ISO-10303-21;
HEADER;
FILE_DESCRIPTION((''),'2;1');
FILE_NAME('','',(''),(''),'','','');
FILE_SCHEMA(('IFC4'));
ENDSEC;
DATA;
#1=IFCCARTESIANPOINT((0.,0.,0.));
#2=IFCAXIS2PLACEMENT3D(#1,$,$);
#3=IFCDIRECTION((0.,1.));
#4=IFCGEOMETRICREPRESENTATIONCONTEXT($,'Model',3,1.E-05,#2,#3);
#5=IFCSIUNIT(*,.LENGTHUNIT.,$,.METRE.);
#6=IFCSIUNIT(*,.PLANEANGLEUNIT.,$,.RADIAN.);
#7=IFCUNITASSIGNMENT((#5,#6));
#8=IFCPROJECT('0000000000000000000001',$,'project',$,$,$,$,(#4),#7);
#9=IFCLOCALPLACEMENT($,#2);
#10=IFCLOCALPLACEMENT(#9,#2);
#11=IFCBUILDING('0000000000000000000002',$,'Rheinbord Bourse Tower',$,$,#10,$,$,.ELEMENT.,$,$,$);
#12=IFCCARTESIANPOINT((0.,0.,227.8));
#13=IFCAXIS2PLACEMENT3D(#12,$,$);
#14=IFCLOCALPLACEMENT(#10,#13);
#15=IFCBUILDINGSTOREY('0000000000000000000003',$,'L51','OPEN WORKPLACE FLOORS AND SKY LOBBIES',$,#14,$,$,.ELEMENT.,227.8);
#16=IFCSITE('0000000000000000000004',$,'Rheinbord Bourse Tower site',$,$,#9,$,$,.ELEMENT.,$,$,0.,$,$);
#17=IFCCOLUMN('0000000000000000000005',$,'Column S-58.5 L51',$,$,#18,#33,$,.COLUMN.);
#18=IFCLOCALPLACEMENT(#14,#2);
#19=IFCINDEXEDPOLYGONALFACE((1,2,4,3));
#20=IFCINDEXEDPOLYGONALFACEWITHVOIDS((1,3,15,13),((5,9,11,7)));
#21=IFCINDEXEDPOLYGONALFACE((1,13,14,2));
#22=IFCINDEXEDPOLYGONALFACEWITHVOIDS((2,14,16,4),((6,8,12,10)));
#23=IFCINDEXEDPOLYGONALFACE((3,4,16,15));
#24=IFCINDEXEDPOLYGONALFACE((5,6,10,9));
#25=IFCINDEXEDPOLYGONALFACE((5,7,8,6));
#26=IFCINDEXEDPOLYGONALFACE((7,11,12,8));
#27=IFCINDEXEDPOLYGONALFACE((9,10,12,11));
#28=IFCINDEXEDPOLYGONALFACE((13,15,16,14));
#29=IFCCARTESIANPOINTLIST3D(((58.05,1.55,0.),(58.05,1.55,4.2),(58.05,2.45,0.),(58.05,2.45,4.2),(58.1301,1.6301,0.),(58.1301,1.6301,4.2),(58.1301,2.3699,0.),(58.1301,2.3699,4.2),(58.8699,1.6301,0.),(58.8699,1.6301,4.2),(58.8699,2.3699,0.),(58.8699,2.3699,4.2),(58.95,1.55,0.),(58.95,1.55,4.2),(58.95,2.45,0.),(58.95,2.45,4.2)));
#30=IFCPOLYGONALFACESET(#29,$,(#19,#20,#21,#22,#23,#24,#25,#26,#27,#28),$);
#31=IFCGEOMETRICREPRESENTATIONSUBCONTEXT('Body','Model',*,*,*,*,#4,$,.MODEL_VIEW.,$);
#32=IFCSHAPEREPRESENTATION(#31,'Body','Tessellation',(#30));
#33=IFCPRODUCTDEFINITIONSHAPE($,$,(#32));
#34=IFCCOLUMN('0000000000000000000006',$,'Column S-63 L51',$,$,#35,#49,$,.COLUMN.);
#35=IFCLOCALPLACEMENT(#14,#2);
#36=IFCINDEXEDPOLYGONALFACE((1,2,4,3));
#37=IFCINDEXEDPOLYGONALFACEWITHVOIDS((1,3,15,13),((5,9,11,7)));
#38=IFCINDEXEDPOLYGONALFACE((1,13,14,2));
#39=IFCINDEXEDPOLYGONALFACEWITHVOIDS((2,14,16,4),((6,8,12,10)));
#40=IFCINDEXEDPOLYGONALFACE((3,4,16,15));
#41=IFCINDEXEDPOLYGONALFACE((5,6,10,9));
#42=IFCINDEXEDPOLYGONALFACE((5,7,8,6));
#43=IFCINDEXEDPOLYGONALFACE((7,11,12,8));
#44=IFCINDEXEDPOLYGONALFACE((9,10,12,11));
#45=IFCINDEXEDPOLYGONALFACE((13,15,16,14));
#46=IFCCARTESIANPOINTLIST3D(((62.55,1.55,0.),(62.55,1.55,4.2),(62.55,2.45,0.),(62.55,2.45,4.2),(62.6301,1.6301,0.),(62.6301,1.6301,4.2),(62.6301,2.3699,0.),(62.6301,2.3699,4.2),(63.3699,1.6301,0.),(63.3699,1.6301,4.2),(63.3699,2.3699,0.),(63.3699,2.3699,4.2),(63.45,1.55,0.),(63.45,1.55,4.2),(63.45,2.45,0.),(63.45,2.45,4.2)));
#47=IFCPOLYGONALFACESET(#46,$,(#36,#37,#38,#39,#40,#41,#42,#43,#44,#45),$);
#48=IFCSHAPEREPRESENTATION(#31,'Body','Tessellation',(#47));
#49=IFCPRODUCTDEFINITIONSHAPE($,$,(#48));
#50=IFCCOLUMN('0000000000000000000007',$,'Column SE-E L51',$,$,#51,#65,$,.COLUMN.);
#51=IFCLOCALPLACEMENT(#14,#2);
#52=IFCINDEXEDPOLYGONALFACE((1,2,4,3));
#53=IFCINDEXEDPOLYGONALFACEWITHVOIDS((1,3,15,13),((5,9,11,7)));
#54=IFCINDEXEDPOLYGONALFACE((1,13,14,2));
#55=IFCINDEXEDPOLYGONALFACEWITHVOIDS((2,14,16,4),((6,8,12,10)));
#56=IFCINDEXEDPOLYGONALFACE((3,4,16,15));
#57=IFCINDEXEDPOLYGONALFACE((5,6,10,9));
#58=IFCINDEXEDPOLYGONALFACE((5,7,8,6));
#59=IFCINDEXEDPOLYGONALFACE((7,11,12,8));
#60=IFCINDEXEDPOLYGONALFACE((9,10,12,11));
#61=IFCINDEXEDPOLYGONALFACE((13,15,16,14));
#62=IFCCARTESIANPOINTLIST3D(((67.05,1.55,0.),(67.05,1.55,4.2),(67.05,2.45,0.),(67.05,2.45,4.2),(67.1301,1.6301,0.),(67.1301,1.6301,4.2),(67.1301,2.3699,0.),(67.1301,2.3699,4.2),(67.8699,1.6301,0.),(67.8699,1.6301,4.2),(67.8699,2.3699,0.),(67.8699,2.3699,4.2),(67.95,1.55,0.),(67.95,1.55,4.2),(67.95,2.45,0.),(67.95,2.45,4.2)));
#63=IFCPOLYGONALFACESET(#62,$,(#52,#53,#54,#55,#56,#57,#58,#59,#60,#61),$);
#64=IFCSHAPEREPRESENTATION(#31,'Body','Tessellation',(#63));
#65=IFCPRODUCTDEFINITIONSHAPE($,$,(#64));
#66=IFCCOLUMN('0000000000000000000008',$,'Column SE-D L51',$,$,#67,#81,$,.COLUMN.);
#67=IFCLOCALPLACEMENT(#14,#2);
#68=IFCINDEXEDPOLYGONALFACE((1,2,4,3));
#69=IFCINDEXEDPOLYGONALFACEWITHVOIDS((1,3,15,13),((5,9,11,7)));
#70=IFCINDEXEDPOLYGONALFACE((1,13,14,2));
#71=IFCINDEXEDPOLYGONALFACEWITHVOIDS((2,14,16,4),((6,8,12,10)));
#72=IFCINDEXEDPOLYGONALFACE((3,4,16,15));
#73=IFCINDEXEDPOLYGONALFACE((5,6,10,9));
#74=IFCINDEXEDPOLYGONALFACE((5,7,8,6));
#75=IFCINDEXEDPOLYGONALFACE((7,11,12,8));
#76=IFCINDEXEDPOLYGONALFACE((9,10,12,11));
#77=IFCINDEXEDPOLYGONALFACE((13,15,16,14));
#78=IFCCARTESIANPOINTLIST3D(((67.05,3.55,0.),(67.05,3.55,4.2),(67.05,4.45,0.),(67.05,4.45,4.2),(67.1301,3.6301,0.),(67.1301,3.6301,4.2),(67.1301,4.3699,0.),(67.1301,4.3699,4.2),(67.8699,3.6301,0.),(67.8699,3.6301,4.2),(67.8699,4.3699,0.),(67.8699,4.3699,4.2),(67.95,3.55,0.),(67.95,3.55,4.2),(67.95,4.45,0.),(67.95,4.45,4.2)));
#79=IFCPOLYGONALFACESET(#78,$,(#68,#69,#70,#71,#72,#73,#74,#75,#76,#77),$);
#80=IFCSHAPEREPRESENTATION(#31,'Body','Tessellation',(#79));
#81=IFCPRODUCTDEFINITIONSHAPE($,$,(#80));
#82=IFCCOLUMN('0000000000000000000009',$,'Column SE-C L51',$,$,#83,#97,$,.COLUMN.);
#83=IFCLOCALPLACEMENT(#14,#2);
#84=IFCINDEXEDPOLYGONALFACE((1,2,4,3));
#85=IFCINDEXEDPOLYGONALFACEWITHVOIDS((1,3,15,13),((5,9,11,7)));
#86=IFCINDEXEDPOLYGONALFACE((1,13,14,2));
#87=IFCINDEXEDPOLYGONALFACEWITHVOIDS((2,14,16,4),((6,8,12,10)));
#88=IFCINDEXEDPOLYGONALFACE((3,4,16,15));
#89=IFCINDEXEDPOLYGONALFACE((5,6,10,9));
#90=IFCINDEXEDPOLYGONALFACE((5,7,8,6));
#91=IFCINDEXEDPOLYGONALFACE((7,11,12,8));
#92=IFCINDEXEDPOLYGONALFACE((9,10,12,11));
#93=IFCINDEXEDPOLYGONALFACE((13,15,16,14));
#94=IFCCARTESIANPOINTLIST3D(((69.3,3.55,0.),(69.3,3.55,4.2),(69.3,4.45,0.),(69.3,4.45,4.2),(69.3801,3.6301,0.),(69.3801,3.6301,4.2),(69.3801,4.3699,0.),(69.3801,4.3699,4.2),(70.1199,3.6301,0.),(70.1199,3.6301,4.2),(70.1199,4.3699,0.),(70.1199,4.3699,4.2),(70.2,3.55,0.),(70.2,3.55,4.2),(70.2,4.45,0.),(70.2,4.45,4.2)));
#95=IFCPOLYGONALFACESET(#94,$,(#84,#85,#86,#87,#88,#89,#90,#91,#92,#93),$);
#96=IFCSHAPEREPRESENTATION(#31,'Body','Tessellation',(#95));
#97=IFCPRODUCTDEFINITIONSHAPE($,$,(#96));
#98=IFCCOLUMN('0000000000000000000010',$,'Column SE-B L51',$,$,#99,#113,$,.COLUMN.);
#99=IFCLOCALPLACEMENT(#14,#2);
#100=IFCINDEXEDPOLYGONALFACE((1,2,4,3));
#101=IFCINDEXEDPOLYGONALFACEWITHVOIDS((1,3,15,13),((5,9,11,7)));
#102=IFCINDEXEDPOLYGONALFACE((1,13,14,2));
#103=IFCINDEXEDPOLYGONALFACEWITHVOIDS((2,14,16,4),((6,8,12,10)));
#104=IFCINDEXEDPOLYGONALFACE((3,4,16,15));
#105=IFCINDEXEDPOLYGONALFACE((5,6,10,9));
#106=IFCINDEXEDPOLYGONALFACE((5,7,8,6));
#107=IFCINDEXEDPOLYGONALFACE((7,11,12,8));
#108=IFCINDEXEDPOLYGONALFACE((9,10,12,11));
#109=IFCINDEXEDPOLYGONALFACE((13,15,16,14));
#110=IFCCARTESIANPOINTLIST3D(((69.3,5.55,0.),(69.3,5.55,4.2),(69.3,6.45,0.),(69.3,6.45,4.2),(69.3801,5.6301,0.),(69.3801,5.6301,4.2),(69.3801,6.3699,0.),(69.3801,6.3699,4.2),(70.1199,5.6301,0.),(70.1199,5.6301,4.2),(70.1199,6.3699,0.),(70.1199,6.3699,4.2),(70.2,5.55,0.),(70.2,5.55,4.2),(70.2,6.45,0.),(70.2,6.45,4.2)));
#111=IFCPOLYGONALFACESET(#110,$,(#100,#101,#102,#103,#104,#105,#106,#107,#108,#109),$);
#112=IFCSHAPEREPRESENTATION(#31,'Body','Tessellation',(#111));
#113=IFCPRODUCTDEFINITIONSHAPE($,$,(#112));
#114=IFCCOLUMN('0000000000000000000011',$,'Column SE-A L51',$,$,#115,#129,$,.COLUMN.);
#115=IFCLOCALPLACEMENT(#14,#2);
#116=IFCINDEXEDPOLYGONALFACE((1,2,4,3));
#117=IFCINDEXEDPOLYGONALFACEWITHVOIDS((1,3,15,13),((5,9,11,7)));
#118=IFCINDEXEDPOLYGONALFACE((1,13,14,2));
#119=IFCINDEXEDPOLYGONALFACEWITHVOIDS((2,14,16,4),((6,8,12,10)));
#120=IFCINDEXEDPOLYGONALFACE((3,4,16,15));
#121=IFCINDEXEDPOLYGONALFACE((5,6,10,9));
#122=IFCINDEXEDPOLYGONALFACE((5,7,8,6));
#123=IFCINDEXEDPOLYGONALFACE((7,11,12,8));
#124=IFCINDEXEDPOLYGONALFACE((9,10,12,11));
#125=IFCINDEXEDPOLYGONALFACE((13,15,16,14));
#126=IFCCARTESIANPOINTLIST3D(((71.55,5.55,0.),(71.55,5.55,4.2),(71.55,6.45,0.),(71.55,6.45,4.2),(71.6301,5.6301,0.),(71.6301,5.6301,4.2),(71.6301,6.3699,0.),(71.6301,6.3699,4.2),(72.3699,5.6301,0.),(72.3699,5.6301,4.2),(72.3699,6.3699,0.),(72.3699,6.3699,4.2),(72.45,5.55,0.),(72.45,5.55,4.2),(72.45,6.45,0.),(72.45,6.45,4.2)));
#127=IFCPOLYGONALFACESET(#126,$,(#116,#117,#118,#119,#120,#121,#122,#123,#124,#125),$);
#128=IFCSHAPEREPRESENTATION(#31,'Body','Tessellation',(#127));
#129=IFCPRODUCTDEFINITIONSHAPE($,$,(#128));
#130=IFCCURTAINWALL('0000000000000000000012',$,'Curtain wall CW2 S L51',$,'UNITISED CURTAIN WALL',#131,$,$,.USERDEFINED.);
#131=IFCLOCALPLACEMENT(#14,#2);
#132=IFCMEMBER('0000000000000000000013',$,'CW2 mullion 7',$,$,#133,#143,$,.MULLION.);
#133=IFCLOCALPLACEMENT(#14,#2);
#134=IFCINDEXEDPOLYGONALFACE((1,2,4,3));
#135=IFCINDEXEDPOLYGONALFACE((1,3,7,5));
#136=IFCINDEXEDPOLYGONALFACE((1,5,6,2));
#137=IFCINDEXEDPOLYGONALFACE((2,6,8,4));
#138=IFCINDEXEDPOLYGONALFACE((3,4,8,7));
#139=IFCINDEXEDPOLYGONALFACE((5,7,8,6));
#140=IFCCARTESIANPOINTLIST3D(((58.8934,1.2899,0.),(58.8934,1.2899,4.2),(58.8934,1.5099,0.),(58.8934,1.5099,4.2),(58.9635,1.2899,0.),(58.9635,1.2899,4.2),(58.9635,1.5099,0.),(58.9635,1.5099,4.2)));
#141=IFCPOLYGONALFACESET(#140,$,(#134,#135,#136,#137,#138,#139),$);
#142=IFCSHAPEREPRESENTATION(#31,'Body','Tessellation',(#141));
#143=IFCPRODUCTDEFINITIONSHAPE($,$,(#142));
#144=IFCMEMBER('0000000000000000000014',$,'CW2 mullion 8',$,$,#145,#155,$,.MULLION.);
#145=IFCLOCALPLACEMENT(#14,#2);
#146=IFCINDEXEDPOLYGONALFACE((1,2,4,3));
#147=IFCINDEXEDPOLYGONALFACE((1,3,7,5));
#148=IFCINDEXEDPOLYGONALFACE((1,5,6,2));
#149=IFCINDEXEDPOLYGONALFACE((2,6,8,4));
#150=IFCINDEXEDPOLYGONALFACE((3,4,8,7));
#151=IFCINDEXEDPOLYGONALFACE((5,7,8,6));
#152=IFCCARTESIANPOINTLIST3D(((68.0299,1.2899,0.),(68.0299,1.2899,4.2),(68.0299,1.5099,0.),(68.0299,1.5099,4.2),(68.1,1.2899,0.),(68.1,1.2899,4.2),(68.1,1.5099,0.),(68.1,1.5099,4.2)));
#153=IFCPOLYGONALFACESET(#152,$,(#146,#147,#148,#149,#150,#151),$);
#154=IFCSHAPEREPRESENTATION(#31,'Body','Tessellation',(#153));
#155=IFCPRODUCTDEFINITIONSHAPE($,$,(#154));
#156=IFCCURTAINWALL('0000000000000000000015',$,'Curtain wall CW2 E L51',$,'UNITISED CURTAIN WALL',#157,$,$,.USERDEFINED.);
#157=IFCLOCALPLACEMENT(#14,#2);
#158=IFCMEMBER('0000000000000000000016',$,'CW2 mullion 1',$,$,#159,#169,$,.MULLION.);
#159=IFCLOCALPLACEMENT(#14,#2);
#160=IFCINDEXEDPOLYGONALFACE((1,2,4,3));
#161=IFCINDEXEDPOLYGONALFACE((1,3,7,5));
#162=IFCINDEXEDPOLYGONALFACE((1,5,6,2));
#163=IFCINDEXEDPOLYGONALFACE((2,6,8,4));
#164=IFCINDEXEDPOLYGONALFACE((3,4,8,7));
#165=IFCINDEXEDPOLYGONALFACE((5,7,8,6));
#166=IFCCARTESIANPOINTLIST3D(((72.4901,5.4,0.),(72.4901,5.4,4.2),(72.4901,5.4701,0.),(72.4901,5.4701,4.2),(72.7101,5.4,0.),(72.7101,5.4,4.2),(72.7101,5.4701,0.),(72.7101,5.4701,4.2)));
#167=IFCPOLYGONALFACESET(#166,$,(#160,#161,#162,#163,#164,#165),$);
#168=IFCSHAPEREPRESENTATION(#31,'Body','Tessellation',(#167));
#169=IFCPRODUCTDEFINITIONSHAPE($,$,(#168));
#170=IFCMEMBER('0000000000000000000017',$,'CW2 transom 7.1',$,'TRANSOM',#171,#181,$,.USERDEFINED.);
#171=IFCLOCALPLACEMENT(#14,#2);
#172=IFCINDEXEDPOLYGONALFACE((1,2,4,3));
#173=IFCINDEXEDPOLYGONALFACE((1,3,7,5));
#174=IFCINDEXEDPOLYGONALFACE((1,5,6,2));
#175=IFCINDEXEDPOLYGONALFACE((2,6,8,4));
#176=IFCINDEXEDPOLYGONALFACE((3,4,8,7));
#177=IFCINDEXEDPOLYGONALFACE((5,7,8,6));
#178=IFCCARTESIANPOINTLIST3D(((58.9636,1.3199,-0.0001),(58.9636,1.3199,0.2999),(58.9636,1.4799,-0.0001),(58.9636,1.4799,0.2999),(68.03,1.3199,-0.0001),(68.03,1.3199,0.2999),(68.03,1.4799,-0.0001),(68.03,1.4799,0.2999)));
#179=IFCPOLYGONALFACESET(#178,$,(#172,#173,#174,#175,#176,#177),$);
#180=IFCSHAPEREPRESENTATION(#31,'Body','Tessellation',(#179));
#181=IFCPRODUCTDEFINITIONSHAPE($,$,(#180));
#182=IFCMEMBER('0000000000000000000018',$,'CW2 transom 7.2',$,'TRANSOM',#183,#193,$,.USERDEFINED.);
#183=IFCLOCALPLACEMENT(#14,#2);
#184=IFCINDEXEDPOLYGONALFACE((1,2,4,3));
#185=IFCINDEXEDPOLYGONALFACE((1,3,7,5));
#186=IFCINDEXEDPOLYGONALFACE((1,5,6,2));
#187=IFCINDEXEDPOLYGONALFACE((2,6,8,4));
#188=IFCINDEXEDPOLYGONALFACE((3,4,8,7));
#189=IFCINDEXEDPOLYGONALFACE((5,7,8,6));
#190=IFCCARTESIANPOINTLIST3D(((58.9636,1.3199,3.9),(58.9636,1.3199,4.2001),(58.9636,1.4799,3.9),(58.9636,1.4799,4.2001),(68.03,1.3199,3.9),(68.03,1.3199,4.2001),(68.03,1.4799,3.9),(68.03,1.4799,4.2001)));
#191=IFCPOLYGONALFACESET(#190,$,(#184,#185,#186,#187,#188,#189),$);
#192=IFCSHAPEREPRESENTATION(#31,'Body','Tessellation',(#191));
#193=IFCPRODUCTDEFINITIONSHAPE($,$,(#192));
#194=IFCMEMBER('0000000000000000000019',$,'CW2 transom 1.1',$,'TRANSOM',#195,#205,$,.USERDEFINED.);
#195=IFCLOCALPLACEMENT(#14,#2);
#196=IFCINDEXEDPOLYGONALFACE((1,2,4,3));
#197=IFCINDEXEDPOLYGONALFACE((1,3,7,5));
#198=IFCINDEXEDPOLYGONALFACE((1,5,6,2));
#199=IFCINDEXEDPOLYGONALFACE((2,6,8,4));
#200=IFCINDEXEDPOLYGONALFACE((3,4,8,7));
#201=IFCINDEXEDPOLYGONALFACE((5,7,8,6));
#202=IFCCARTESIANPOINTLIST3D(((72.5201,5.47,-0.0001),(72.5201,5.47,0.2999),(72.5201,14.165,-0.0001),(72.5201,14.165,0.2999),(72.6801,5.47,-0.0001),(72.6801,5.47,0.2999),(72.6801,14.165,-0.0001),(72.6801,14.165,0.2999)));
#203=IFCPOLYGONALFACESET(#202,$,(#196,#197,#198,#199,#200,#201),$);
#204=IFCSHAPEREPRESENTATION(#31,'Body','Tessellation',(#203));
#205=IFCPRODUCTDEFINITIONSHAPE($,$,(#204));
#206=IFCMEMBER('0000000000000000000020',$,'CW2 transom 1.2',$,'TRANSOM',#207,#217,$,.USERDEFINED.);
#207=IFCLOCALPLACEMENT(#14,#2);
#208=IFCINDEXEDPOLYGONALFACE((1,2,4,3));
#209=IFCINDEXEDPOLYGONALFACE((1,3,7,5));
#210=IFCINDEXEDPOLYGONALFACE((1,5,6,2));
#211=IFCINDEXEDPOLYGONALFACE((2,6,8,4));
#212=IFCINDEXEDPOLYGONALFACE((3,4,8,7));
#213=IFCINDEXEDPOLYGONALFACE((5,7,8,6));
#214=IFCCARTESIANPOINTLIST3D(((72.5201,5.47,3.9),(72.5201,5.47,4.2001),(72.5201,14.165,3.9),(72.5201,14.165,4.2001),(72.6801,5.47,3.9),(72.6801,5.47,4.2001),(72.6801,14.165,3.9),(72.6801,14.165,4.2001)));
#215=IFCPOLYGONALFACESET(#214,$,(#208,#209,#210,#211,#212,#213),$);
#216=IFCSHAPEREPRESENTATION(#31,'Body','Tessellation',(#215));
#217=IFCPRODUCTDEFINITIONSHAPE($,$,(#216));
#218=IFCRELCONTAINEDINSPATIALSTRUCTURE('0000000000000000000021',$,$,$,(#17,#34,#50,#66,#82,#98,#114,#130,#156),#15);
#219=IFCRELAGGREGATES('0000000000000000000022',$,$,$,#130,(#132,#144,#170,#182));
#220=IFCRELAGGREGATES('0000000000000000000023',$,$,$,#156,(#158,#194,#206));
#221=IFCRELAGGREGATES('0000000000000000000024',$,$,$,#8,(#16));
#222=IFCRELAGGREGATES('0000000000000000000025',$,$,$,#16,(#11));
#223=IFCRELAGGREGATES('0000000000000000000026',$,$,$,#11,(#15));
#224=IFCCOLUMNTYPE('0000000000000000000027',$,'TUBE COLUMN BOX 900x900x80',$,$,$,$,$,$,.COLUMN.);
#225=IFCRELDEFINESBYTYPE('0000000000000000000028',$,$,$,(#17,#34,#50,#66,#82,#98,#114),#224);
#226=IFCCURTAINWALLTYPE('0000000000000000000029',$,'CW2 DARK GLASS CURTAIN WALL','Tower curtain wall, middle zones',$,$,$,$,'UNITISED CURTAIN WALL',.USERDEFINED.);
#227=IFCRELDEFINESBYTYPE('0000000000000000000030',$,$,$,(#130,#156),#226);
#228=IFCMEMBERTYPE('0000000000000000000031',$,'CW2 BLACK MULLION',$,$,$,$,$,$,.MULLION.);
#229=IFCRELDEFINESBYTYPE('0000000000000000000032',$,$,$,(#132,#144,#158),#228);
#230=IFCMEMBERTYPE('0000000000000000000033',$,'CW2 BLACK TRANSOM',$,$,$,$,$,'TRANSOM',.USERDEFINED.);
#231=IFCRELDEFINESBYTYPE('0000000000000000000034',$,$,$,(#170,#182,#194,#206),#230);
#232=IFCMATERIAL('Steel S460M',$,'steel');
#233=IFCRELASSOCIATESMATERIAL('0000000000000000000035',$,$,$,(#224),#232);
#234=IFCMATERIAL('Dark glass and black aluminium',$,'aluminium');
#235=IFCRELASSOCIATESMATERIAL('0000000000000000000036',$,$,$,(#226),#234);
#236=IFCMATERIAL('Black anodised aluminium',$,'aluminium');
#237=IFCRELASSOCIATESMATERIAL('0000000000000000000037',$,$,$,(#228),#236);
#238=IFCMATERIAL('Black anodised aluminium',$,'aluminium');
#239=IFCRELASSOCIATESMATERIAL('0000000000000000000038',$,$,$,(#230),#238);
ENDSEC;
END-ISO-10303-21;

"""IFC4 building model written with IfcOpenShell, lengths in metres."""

from ifc_helpers import new_model, si_unit, direction, frame, origin, origin_2d, place, context, subcontext, project, spatial, rectangle, hollow_rectangle, extrude, material, material_profile, profile_set, type_object, element, aggregate, save


model = new_model("IFC4")

# Units and contexts
model_context = context("Model", 3, precision=1e-05, world=origin(), true_north=direction((0.0, 1.0)))
body_context = subcontext(model_context, "Body", "Model", "MODEL_VIEW")
ifc_project = project(units=[si_unit("LENGTHUNIT", "METRE"), si_unit("PLANEANGLEUNIT", "RADIAN")], contexts=[model_context])

# Site, building, storey
site_placement = place(None, origin())
site = spatial("IfcSite", under=ifc_project, at=site_placement, Name="Rheinbord Bourse Tower site", CompositionType="ELEMENT", RefElevation=0.0)
building_placement = place(site_placement, origin())
building = spatial("IfcBuilding", under=site, at=building_placement, Name="Rheinbord Bourse Tower", CompositionType="ELEMENT")
storey_placement = place(building_placement, frame((0.0, 0.0, 227.8)))
storey = spatial("IfcBuildingStorey", under=building, at=storey_placement, Name="L51", Description="OPEN WORKPLACE FLOORS AND SKY LOBBIES", CompositionType="ELEMENT", Elevation=227.8)

# Columns
ifc_material_1 = material(Name="Steel S460M", Category="steel")
ifc_material_profile_1 = material_profile(ifc_material_1, hollow_rectangle(XDim=0.8999, YDim=0.8999, WallThickness=0.0801, at=origin_2d()), Name="BOX 900x900x80")
ifc_profile_set_1 = profile_set([ifc_material_profile_1], Name="Steel S460M")
column_type = type_object("IfcColumnType", Name="TUBE COLUMN BOX 900x900x80", PredefinedType="COLUMN", material=ifc_profile_set_1)
for number, where, z_axis, x_axis, name in (
    (1, (58.5, 2.0, 0.0), (0.0, 0.0, 1.0), (0.0, 1.0, 0.0), "Column S-58.5 L51"),
    (2, (63.0, 2.0, 0.0), (0.0, 0.0, 1.0), (0.0, 1.0, 0.0), "Column S-63 L51"),
    (3, (67.5, 2.0, 0.0), (0.0, 0.0, 1.0), (0.0, 1.0, 0.0), "Column SE-E L51"),
    (4, (67.5, 4.0, 0.0), (0.0, 0.0, 1.0), (0.0, 1.0, 0.0), "Column SE-D L51"),
    (5, (69.75, 4.0, 0.0), (0.0, 0.0, 1.0), (1.0, 0.0, 0.0), "Column SE-C L51"),
    (6, (69.75, 6.0, 0.0), (0.0, 0.0, 1.0), (1.0, 0.0, 0.0), "Column SE-B L51"),
    (7, (72.0, 6.0, 0.0), (0.0, 0.0, 1.0), (1.0, 0.0, 0.0), "Column SE-A L51"),
):
    element("IfcColumn", number, at=place(storey_placement, frame(where, z_axis=z_axis, x_axis=x_axis)), inside=storey, type_object=column_type, Name=name, PredefinedType="COLUMN", context=body_context, shape_type="SweptSolid", body=[
        extrude(hollow_rectangle(XDim=0.8999, YDim=0.8999, WallThickness=0.0801, at=origin_2d()), origin(), (0.0, 0.0, 1.0), 4.2),
    ])

# Curtain wall, members
ifc_material_2 = material(Name="Dark glass and black aluminium", Category="aluminium")
curtain_wall_type = type_object("IfcCurtainWallType", Name="CW2 DARK GLASS CURTAIN WALL", Description="Tower curtain wall, middle zones", ElementType="UNITISED CURTAIN WALL", PredefinedType="USERDEFINED", material=ifc_material_2)
curtain_wall_1_placement = place(storey_placement, origin())
curtain_wall_1 = element("IfcCurtainWall", 8, at=curtain_wall_1_placement, inside=storey, type_object=curtain_wall_type, Name="Curtain wall CW2 S L51", ObjectType="UNITISED CURTAIN WALL", PredefinedType="USERDEFINED")
ifc_material_3 = material(Name="Black anodised aluminium", Category="aluminium")
ifc_material_profile_2 = material_profile(ifc_material_3, rectangle(XDim=0.22, YDim=0.0701, at=origin_2d()), Name="CW2 MULLION 70x220")
ifc_profile_set_2 = profile_set([ifc_material_profile_2], Name="Black anodised aluminium")
member_type_1 = type_object("IfcMemberType", Name="CW2 BLACK MULLION", PredefinedType="MULLION", material=ifc_profile_set_2)
member_1_placement = place(storey_placement, frame((58.9285, 1.3999, 0.0), z_axis=(0.0, 0.0, 1.0), x_axis=(0.0, 1.0, 0.0)))
member_1 = element("IfcMember", 9, at=member_1_placement, type_object=member_type_1, Name="CW2 mullion 7", PredefinedType="MULLION", context=body_context, shape_type="SweptSolid", body=[
    extrude(rectangle(XDim=0.22, YDim=0.0701, at=origin_2d()), origin(), (0.0, 0.0, 1.0), 4.2),
])
member_2_placement = place(storey_placement, frame((68.0649, 1.3999, 0.0), z_axis=(0.0, 0.0, 1.0), x_axis=(0.0, 1.0, 0.0)))
member_2 = element("IfcMember", 10, at=member_2_placement, type_object=member_type_1, Name="CW2 mullion 8", PredefinedType="MULLION", context=body_context, shape_type="SweptSolid", body=[
    extrude(rectangle(XDim=0.22, YDim=0.0701, at=origin_2d()), origin(), (0.0, 0.0, 1.0), 4.2),
])

# Curtain wall, member
curtain_wall_2_placement = place(storey_placement, origin())
curtain_wall_2 = element("IfcCurtainWall", 11, at=curtain_wall_2_placement, inside=storey, type_object=curtain_wall_type, Name="Curtain wall CW2 E L51", ObjectType="UNITISED CURTAIN WALL", PredefinedType="USERDEFINED")
member_3_placement = place(storey_placement, frame((72.6001, 5.4351, 0.0), z_axis=(0.0, 0.0, 1.0), x_axis=(-1.0, 0.0, 0.0)))
member_3 = element("IfcMember", 12, at=member_3_placement, type_object=member_type_1, Name="CW2 mullion 1", PredefinedType="MULLION", context=body_context, shape_type="SweptSolid", body=[
    extrude(rectangle(XDim=0.22, YDim=0.0701, at=origin_2d()), origin(), (0.0, 0.0, 1.0), 4.2),
])

# Members
ifc_material_4 = material(Name="Black anodised aluminium", Category="aluminium")
ifc_material_profile_3 = material_profile(ifc_material_4, rectangle(XDim=0.1599, YDim=0.3, at=origin_2d()), Name="CW2 TRANSOM 300x160")
ifc_profile_set_3 = profile_set([ifc_material_profile_3], Name="Black anodised aluminium")
member_type_2 = type_object("IfcMemberType", Name="CW2 BLACK TRANSOM", ElementType="TRANSOM", PredefinedType="USERDEFINED", material=ifc_profile_set_3)
member_4_placement = place(storey_placement, frame((58.9636, 1.3999, 0.1499), z_axis=(1.0, 0.0, 0.0), x_axis=(0.0, 1.0, 0.0)))
member_4 = element("IfcMember", 13, at=member_4_placement, type_object=member_type_2, Name="CW2 transom 7.1", ObjectType="TRANSOM", PredefinedType="USERDEFINED", context=body_context, shape_type="SweptSolid", body=[
    extrude(rectangle(XDim=0.1599, YDim=0.3, at=origin_2d()), origin(), (0.0, 0.0, 1.0), 9.0664),
])
member_5_placement = place(storey_placement, frame((58.9636, 1.3999, 4.05), z_axis=(1.0, 0.0, 0.0), x_axis=(0.0, 1.0, 0.0)))
member_5 = element("IfcMember", 14, at=member_5_placement, type_object=member_type_2, Name="CW2 transom 7.2", ObjectType="TRANSOM", PredefinedType="USERDEFINED", context=body_context, shape_type="SweptSolid", body=[
    extrude(rectangle(XDim=0.1599, YDim=0.3, at=origin_2d()), origin(), (0.0, 0.0, 1.0), 9.0664),
])
member_6_placement = place(storey_placement, frame((72.6001, 5.47, 0.1499), z_axis=(0.0, 1.0, 0.0), x_axis=(-1.0, 0.0, 0.0)))
member_6 = element("IfcMember", 15, at=member_6_placement, type_object=member_type_2, Name="CW2 transom 1.1", ObjectType="TRANSOM", PredefinedType="USERDEFINED", context=body_context, shape_type="SweptSolid", body=[
    extrude(rectangle(XDim=0.1599, YDim=0.3, at=origin_2d()), origin(), (0.0, 0.0, 1.0), 8.6951),
])
member_7_placement = place(storey_placement, frame((72.6001, 5.47, 4.05), z_axis=(0.0, 1.0, 0.0), x_axis=(-1.0, 0.0, 0.0)))
member_7 = element("IfcMember", 16, at=member_7_placement, type_object=member_type_2, Name="CW2 transom 1.2", ObjectType="TRANSOM", PredefinedType="USERDEFINED", context=body_context, shape_type="SweptSolid", body=[
    extrude(rectangle(XDim=0.1599, YDim=0.3, at=origin_2d()), origin(), (0.0, 0.0, 1.0), 8.6951),
])

aggregate(curtain_wall_1, [member_1, member_2, member_4, member_5])
aggregate(curtain_wall_2, [member_3, member_6, member_7])

save(model, "model.ifc")
